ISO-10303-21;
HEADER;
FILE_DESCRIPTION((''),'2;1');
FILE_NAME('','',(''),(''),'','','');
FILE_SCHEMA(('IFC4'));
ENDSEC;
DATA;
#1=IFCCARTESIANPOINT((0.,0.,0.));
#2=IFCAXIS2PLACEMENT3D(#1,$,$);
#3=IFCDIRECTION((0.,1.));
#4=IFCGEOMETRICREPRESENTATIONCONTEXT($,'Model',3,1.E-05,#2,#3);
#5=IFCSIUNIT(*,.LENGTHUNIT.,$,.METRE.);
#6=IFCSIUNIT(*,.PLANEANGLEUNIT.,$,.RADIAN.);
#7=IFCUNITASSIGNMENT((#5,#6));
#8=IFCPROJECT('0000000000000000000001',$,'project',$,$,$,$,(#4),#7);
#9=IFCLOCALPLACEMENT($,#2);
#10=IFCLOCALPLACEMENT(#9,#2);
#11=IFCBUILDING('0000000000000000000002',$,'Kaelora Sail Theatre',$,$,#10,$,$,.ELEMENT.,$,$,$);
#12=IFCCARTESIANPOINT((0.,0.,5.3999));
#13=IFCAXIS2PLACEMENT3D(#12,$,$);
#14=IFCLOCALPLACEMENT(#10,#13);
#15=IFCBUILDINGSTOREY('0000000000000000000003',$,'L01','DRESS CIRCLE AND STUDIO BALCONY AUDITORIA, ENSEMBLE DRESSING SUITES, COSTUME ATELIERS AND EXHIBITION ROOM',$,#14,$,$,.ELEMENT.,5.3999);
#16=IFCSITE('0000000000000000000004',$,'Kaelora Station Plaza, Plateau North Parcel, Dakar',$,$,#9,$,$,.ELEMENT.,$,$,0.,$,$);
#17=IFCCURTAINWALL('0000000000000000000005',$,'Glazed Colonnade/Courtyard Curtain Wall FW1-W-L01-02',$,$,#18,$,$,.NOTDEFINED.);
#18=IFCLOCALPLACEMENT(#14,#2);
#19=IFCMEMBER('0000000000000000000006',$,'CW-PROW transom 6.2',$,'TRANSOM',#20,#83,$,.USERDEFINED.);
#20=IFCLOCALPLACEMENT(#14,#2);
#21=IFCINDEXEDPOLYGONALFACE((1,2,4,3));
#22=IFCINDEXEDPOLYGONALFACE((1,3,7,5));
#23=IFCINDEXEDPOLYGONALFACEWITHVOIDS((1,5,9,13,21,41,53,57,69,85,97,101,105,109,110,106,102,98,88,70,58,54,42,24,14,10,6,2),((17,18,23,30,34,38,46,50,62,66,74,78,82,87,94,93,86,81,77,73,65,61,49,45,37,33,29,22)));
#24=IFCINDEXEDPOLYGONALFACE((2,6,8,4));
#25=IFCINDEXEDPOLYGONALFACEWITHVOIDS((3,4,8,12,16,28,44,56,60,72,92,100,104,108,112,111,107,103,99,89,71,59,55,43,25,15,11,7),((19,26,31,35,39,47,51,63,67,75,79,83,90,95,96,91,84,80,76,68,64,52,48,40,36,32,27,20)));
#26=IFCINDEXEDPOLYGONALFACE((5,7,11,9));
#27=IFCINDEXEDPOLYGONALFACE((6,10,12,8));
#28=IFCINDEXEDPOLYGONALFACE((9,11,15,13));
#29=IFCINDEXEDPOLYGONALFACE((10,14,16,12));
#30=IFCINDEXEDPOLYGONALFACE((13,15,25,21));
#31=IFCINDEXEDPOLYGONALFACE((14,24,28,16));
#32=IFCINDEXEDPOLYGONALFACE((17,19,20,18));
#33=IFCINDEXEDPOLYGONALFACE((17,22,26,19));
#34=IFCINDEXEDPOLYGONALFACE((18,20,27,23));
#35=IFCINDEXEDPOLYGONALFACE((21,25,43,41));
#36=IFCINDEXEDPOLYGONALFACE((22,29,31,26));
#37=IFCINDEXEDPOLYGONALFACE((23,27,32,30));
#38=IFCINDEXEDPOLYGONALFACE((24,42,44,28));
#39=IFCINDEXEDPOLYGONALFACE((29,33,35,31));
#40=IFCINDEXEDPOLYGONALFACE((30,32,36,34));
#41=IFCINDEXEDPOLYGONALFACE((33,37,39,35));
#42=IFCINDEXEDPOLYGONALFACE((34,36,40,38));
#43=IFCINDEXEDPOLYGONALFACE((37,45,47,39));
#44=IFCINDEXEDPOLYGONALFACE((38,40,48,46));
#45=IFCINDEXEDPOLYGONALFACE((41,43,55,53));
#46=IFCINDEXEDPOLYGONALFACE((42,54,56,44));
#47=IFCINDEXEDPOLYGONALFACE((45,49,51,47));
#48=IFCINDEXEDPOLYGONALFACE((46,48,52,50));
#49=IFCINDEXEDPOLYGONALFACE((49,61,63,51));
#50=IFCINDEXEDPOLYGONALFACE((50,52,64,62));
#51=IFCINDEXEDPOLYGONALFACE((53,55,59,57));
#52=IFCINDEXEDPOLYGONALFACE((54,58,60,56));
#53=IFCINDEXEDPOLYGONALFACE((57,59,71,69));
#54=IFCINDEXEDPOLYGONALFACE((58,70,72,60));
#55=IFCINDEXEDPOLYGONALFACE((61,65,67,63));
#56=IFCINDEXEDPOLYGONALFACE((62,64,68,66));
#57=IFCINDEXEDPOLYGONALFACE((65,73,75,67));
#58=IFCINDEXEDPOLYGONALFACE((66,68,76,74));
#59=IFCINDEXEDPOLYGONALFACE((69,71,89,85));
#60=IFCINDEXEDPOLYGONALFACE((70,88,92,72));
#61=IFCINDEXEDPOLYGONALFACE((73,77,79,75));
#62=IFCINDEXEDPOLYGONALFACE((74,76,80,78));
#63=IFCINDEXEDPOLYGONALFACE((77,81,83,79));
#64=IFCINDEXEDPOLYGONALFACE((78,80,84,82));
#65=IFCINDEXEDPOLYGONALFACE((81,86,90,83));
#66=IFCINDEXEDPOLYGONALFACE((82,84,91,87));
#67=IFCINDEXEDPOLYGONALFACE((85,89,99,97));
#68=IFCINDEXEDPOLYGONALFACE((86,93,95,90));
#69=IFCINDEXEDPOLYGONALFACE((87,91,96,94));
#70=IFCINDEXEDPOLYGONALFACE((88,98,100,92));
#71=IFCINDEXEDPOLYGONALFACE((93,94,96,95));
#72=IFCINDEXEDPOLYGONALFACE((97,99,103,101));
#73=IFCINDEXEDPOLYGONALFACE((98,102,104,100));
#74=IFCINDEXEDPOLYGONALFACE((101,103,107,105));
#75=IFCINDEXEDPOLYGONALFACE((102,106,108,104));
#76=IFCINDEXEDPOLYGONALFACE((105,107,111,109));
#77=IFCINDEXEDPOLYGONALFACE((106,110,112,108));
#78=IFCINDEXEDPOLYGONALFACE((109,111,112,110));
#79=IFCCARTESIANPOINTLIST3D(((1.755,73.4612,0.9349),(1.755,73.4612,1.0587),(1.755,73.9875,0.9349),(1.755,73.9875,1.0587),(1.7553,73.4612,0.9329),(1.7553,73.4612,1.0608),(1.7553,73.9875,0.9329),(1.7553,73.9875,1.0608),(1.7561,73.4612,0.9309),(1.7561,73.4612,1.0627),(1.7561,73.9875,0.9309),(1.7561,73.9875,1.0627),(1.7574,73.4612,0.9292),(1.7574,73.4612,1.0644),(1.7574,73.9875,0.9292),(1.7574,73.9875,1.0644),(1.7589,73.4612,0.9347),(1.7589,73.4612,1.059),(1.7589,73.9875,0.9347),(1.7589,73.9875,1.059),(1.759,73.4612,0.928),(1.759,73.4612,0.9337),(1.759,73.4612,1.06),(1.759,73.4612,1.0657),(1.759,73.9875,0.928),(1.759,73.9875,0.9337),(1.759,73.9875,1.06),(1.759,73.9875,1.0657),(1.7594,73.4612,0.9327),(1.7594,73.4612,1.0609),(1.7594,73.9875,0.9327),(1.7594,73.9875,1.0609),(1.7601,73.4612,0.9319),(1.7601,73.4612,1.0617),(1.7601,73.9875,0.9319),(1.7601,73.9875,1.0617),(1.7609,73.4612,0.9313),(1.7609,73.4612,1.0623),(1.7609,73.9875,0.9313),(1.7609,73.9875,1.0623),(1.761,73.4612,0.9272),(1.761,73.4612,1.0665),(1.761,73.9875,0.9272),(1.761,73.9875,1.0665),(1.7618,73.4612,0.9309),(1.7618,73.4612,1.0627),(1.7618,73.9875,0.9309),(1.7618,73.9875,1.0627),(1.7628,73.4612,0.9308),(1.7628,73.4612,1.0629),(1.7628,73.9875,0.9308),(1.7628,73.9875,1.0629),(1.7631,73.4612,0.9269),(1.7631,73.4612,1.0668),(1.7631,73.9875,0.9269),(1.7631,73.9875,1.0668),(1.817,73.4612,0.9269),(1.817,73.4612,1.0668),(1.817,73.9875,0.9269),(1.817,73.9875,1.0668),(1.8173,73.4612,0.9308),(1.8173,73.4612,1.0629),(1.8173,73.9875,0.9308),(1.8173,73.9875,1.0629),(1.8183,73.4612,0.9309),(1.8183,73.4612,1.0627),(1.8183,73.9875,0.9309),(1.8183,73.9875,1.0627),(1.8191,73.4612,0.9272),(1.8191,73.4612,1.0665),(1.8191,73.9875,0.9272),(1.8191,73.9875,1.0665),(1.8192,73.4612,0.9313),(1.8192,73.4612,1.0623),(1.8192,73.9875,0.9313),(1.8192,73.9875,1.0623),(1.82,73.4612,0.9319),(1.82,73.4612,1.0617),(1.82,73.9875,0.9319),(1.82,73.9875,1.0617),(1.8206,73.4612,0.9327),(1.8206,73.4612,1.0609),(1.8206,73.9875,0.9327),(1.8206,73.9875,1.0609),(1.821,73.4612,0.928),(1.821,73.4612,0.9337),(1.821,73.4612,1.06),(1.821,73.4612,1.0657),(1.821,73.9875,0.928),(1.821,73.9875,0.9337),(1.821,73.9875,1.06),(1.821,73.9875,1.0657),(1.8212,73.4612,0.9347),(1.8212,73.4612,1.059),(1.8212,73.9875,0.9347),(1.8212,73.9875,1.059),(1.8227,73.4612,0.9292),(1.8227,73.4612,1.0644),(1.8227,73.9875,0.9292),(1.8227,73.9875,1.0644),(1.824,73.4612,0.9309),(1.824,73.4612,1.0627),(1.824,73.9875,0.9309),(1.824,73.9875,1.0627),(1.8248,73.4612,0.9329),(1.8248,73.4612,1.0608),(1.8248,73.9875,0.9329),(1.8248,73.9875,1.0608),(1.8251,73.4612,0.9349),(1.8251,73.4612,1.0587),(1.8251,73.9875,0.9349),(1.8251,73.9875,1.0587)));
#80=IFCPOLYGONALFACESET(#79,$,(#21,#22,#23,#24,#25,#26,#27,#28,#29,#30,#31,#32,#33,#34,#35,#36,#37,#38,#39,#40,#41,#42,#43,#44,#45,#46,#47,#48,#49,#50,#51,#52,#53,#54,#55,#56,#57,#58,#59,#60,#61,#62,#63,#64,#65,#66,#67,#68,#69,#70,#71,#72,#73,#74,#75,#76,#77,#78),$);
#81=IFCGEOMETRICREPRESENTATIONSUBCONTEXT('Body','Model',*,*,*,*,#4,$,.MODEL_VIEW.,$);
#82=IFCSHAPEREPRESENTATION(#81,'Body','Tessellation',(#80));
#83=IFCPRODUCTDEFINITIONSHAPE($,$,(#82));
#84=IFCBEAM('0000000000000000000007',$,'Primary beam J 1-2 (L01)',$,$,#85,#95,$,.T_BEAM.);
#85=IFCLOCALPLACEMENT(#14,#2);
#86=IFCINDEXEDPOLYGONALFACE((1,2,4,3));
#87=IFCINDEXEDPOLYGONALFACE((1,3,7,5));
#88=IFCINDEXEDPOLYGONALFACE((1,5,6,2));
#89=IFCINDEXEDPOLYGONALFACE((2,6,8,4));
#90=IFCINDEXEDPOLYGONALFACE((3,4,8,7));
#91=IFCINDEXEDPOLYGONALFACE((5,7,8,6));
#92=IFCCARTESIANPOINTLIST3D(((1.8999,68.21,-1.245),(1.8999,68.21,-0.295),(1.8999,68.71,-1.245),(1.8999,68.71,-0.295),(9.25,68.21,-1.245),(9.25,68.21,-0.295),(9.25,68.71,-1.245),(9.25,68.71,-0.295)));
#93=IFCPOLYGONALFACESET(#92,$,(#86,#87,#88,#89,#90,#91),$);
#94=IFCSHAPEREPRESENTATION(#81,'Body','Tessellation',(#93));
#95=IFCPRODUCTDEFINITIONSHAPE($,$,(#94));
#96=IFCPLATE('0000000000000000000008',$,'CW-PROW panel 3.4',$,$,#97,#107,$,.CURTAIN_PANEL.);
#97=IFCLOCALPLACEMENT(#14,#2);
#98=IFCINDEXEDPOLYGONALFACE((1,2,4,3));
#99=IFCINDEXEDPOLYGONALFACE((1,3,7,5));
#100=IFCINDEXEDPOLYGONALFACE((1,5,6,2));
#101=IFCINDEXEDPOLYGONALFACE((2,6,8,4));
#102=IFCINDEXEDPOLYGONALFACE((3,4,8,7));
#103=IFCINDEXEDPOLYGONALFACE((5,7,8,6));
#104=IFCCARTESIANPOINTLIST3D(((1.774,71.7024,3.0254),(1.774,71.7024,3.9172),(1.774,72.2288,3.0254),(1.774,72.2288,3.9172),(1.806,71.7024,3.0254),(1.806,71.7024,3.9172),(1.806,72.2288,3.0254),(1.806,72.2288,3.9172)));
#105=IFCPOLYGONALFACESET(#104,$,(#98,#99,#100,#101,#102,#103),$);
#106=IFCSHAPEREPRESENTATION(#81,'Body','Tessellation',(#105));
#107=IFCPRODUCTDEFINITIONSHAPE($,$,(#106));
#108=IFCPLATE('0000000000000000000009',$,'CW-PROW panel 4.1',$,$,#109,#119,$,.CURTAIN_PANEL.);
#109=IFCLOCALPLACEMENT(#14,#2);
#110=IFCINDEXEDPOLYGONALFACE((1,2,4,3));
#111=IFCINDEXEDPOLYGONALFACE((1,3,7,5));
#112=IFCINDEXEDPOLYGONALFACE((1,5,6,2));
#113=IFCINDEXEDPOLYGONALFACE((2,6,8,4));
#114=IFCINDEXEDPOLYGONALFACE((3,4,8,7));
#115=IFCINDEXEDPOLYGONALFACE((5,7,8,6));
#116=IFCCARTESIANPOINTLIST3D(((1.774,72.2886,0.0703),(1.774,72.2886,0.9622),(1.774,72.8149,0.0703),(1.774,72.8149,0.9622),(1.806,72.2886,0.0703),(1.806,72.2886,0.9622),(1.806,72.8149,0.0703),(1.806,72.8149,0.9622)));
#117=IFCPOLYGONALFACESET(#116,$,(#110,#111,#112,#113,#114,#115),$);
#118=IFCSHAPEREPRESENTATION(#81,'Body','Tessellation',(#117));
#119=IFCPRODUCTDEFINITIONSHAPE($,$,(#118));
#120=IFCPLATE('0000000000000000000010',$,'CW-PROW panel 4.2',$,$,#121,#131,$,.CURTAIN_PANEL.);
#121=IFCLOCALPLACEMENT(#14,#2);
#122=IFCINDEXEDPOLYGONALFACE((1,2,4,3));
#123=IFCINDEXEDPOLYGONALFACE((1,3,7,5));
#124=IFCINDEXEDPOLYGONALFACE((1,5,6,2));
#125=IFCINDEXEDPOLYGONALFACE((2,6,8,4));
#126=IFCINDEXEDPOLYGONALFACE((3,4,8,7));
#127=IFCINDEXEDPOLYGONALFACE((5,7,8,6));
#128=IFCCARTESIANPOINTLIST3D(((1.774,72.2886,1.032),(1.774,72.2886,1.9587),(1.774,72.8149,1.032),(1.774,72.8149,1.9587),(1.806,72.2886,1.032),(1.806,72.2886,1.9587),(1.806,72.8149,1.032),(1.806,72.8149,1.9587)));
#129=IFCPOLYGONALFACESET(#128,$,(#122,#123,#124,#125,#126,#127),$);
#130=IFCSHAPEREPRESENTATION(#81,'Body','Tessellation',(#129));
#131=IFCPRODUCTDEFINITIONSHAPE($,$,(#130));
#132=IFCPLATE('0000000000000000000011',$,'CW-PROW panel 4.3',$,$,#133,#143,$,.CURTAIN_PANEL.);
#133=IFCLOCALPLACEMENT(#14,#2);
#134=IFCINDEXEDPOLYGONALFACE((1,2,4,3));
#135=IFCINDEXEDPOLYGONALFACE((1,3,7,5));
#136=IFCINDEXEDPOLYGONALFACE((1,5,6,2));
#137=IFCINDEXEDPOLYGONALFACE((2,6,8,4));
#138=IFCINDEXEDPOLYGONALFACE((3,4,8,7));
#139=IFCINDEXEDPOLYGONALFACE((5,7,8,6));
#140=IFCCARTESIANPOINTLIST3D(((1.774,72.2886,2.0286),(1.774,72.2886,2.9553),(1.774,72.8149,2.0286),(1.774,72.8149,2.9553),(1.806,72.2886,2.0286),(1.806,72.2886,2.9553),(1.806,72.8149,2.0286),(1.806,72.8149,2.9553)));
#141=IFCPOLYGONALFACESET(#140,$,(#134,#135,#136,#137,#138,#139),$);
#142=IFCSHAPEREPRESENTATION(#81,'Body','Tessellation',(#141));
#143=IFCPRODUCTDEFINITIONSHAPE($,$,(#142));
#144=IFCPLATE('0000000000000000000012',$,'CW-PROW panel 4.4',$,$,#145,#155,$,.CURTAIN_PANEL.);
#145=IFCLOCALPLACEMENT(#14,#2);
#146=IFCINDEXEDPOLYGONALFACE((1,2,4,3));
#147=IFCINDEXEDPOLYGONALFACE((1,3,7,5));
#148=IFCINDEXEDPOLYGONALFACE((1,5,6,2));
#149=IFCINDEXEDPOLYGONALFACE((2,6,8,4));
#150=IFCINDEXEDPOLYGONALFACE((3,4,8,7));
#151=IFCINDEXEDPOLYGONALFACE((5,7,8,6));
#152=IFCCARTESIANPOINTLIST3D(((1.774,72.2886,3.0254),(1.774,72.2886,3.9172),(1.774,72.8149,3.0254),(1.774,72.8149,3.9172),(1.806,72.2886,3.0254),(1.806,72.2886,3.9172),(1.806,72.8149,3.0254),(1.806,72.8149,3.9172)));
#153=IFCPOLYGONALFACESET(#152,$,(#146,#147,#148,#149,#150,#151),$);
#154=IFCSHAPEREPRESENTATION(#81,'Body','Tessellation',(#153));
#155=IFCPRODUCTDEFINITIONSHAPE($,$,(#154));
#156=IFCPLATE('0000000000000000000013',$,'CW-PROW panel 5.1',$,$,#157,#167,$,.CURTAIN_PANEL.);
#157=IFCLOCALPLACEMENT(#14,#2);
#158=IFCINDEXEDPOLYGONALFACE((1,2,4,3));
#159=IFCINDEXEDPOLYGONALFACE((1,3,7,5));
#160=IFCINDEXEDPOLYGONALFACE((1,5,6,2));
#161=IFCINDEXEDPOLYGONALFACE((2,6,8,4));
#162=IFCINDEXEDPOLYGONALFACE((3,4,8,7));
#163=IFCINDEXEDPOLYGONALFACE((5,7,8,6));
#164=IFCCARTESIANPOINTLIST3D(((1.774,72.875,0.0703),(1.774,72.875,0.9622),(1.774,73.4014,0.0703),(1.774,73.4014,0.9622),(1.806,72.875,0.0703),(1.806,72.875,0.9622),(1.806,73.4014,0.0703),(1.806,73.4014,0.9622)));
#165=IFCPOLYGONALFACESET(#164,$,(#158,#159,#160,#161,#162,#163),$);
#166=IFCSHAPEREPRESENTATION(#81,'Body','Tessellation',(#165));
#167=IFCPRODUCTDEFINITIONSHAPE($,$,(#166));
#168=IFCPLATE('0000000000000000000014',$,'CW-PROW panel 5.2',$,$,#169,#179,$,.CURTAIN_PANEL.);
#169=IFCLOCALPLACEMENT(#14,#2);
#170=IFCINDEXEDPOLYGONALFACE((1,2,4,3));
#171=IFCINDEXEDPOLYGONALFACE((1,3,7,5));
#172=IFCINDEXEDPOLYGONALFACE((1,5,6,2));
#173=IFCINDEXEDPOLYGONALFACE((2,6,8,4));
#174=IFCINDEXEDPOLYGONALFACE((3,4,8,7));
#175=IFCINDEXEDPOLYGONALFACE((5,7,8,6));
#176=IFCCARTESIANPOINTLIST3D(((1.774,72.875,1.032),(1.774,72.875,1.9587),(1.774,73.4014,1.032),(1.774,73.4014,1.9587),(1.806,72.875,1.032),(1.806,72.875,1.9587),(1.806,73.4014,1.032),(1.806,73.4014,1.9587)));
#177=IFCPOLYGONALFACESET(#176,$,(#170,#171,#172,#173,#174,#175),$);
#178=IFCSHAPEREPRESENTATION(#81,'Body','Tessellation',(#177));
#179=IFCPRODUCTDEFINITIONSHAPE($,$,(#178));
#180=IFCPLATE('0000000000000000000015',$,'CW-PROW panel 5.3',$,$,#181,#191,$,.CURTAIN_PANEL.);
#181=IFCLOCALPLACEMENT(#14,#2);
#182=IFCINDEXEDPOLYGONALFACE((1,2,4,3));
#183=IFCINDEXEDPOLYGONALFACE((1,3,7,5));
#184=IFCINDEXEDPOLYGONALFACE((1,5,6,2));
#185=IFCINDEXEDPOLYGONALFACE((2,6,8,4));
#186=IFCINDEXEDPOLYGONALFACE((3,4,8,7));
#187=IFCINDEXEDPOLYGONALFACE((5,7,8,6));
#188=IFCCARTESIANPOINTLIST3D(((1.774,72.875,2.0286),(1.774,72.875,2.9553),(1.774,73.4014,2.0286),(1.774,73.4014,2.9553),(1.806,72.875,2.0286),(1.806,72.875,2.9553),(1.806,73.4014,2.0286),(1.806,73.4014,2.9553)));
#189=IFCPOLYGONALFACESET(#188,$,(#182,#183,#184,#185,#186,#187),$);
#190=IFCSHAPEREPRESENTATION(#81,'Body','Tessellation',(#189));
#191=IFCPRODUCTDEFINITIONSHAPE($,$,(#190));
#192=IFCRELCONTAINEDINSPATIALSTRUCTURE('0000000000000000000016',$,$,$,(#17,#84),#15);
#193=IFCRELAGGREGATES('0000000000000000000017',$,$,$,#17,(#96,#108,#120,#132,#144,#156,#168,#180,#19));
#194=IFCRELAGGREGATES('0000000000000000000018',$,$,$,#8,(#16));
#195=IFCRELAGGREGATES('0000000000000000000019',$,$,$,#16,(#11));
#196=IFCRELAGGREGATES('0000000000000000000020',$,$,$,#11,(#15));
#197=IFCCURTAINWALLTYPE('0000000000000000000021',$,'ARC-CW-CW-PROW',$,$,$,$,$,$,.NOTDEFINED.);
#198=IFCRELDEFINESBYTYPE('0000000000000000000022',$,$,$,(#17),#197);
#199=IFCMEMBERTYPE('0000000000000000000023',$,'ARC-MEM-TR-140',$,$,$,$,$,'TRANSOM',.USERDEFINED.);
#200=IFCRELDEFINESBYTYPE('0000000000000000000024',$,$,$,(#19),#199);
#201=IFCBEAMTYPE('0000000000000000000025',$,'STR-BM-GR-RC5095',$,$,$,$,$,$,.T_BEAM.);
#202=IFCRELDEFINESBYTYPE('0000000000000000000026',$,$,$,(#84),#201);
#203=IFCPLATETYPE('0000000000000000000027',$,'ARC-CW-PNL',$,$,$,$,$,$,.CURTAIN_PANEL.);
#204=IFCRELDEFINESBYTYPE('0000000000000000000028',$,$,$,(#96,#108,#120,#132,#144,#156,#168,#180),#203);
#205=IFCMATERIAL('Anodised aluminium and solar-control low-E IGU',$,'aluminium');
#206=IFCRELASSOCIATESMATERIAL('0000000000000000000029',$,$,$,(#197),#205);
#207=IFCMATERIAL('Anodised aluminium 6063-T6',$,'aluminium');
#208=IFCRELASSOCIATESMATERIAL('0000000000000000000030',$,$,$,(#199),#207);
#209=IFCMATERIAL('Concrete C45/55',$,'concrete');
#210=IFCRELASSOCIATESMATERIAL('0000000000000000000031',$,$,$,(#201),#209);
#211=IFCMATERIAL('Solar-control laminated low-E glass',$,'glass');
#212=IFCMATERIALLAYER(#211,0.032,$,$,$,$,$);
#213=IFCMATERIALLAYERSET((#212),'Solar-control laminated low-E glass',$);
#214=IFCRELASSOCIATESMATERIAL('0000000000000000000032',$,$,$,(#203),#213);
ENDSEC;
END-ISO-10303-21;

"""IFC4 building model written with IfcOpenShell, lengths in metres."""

from ifc_helpers import new_model, si_unit, direction, frame, origin, origin_2d, place, context, subcontext, project, spatial, rectangle, hollow_rectangle, extrude, material, layer, layer_set, material_profile, profile_set, type_object, element, aggregate, save


model = new_model("IFC4")

# Units and contexts
model_context = context("Model", 3, precision=1e-05, world=origin(), true_north=direction((0.0, 1.0)))
body_context = subcontext(model_context, "Body", "Model", "MODEL_VIEW")
ifc_project = project(units=[si_unit("LENGTHUNIT", "METRE"), si_unit("PLANEANGLEUNIT", "RADIAN")], contexts=[model_context])

# Site, building, storey
site_placement = place(None, origin())
site = spatial("IfcSite", under=ifc_project, at=site_placement, Name="Kaelora Station Plaza, Plateau North Parcel, Dakar", CompositionType="ELEMENT", RefElevation=0.0)
building_placement = place(site_placement, origin())
building = spatial("IfcBuilding", under=site, at=building_placement, Name="Kaelora Sail Theatre", CompositionType="ELEMENT")
storey_placement = place(building_placement, frame((0.0, 0.0, 5.3999)))
storey = spatial("IfcBuildingStorey", under=building, at=storey_placement, Name="L01", Description="DRESS CIRCLE AND STUDIO BALCONY AUDITORIA, ENSEMBLE DRESSING SUITES, COSTUME ATELIERS AND EXHIBITION ROOM", CompositionType="ELEMENT", Elevation=5.3999)

# Curtain wall, member
ifc_material_1 = material(Name="Anodised aluminium and solar-control low-E IGU", Category="aluminium")
curtain_wall_type = type_object("IfcCurtainWallType", Name="ARC-CW-CW-PROW", PredefinedType="NOTDEFINED", material=ifc_material_1)
curtain_wall_placement = place(storey_placement, origin())
curtain_wall = element("IfcCurtainWall", 1, at=curtain_wall_placement, inside=storey, type_object=curtain_wall_type, Name="Glazed Colonnade/Courtyard Curtain Wall FW1-W-L01-02", PredefinedType="NOTDEFINED")
ifc_material_2 = material(Name="Anodised aluminium 6063-T6", Category="aluminium")
ifc_material_profile_1 = material_profile(ifc_material_2, hollow_rectangle(XDim=0.0701, YDim=0.1399, WallThickness=0.0039, InnerFilletRadius=0.0039, OuterFilletRadius=0.0081, at=origin_2d()), Name="ALU-TRAN 70x140x4")
ifc_profile_set_1 = profile_set([ifc_material_profile_1], Name="Anodised aluminium 6063-T6")
member_type_1 = type_object("IfcMemberType", Name="ARC-MEM-TR-140", ElementType="TRANSOM", PredefinedType="USERDEFINED", material=ifc_profile_set_1)
member_1_placement = place(storey_placement, frame((1.79, 73.4612, 0.9968), z_axis=(0.0, 1.0, 0.0), x_axis=(-1.0, 0.0, 0.0)))
member_1 = element("IfcMember", 2, at=member_1_placement, type_object=member_type_1, Name="CW-PROW transom 6.2", ObjectType="TRANSOM", PredefinedType="USERDEFINED", context=body_context, shape_type="SweptSolid", body=[
    extrude(hollow_rectangle(XDim=0.0701, YDim=0.1399, WallThickness=0.0039, InnerFilletRadius=0.0039, OuterFilletRadius=0.0081, at=origin_2d()), origin(), (0.0, 0.0, 1.0), 0.5264),
])

# Beam
ifc_material_3 = material(Name="Concrete C45/55", Category="concrete")
ifc_material_profile_2 = material_profile(ifc_material_3, rectangle(XDim=0.5, YDim=0.95, at=origin_2d()), Name="RC-GRD 500x950")
ifc_profile_set_2 = profile_set([ifc_material_profile_2], Name="Concrete C45/55")
beam_type = type_object("IfcBeamType", Name="STR-BM-GR-RC5095", PredefinedType="T_BEAM", material=ifc_profile_set_2)
beam_placement = place(storey_placement, frame((1.8999, 68.46, -0.77), z_axis=(1.0, 0.0, 0.0), x_axis=(0.0, 1.0, 0.0)))
element("IfcBeam", 3, at=beam_placement, inside=storey, type_object=beam_type, Name="Primary beam J 1-2 (L01)", PredefinedType="T_BEAM", context=body_context, shape_type="SweptSolid", body=[
    extrude(rectangle(XDim=0.5, YDim=0.95, at=origin_2d()), origin(), (0.0, 0.0, 1.0), 7.3501),
])

# Plates
ifc_material_4 = material(Name="Solar-control laminated low-E glass", Category="glass")
ifc_layer_1 = layer(ifc_material_4, 0.032)
ifc_layer_set_1 = layer_set([ifc_layer_1], Name="Solar-control laminated low-E glass")
plate_type = type_object("IfcPlateType", Name="ARC-CW-PNL", PredefinedType="CURTAIN_PANEL", material=ifc_layer_set_1)
plate_1_placement = place(storey_placement, frame((1.79, 71.9656, 3.0254), z_axis=(0.0, 0.0, 1.0), x_axis=(0.0, 1.0, 0.0)))
plate_1 = element("IfcPlate", 4, at=plate_1_placement, type_object=plate_type, Name="CW-PROW panel 3.4", PredefinedType="CURTAIN_PANEL", context=body_context, shape_type="SweptSolid", body=[
    extrude(rectangle(XDim=0.5264, YDim=0.032, at=origin_2d()), origin(), (0.0, 0.0, 1.0), 0.8918),
])
plate_2_placement = place(storey_placement, frame((1.79, 72.5518, 0.0703), z_axis=(0.0, 0.0, 1.0), x_axis=(0.0, 1.0, 0.0)))
plate_2 = element("IfcPlate", 5, at=plate_2_placement, type_object=plate_type, Name="CW-PROW panel 4.1", PredefinedType="CURTAIN_PANEL", context=body_context, shape_type="SweptSolid", body=[
    extrude(rectangle(XDim=0.5264, YDim=0.032, at=origin_2d()), origin(), (0.0, 0.0, 1.0), 0.8918),
])
plate_3_placement = place(storey_placement, frame((1.79, 72.5518, 1.032), z_axis=(0.0, 0.0, 1.0), x_axis=(0.0, 1.0, 0.0)))
plate_3 = element("IfcPlate", 6, at=plate_3_placement, type_object=plate_type, Name="CW-PROW panel 4.2", PredefinedType="CURTAIN_PANEL", context=body_context, shape_type="SweptSolid", body=[
    extrude(rectangle(XDim=0.5264, YDim=0.032, at=origin_2d()), origin(), (0.0, 0.0, 1.0), 0.9268),
])
plate_4_placement = place(storey_placement, frame((1.79, 72.5518, 2.0286), z_axis=(0.0, 0.0, 1.0), x_axis=(0.0, 1.0, 0.0)))
plate_4 = element("IfcPlate", 7, at=plate_4_placement, type_object=plate_type, Name="CW-PROW panel 4.3", PredefinedType="CURTAIN_PANEL", context=body_context, shape_type="SweptSolid", body=[
    extrude(rectangle(XDim=0.5264, YDim=0.032, at=origin_2d()), origin(), (0.0, 0.0, 1.0), 0.9268),
])
plate_5_placement = place(storey_placement, frame((1.79, 72.5518, 3.0254), z_axis=(0.0, 0.0, 1.0), x_axis=(0.0, 1.0, 0.0)))
plate_5 = element("IfcPlate", 8, at=plate_5_placement, type_object=plate_type, Name="CW-PROW panel 4.4", PredefinedType="CURTAIN_PANEL", context=body_context, shape_type="SweptSolid", body=[
    extrude(rectangle(XDim=0.5264, YDim=0.032, at=origin_2d()), origin(), (0.0, 0.0, 1.0), 0.8918),
])
plate_6_placement = place(storey_placement, frame((1.79, 73.1382, 0.0703), z_axis=(0.0, 0.0, 1.0), x_axis=(0.0, 1.0, 0.0)))
plate_6 = element("IfcPlate", 9, at=plate_6_placement, type_object=plate_type, Name="CW-PROW panel 5.1", PredefinedType="CURTAIN_PANEL", context=body_context, shape_type="SweptSolid", body=[
    extrude(rectangle(XDim=0.5264, YDim=0.032, at=origin_2d()), origin(), (0.0, 0.0, 1.0), 0.8918),
])
plate_7_placement = place(storey_placement, frame((1.79, 73.1382, 1.032), z_axis=(0.0, 0.0, 1.0), x_axis=(0.0, 1.0, 0.0)))
plate_7 = element("IfcPlate", 10, at=plate_7_placement, type_object=plate_type, Name="CW-PROW panel 5.2", PredefinedType="CURTAIN_PANEL", context=body_context, shape_type="SweptSolid", body=[
    extrude(rectangle(XDim=0.5264, YDim=0.032, at=origin_2d()), origin(), (0.0, 0.0, 1.0), 0.9268),
])
plate_8_placement = place(storey_placement, frame((1.79, 73.1382, 2.0286), z_axis=(0.0, 0.0, 1.0), x_axis=(0.0, 1.0, 0.0)))
plate_8 = element("IfcPlate", 11, at=plate_8_placement, type_object=plate_type, Name="CW-PROW panel 5.3", PredefinedType="CURTAIN_PANEL", context=body_context, shape_type="SweptSolid", body=[
    extrude(rectangle(XDim=0.5264, YDim=0.032, at=origin_2d()), origin(), (0.0, 0.0, 1.0), 0.9268),
])
aggregate(curtain_wall, [plate_1, plate_2, plate_3, plate_4, plate_5, plate_6, plate_7, plate_8, member_1])

save(model, "model.ifc")
